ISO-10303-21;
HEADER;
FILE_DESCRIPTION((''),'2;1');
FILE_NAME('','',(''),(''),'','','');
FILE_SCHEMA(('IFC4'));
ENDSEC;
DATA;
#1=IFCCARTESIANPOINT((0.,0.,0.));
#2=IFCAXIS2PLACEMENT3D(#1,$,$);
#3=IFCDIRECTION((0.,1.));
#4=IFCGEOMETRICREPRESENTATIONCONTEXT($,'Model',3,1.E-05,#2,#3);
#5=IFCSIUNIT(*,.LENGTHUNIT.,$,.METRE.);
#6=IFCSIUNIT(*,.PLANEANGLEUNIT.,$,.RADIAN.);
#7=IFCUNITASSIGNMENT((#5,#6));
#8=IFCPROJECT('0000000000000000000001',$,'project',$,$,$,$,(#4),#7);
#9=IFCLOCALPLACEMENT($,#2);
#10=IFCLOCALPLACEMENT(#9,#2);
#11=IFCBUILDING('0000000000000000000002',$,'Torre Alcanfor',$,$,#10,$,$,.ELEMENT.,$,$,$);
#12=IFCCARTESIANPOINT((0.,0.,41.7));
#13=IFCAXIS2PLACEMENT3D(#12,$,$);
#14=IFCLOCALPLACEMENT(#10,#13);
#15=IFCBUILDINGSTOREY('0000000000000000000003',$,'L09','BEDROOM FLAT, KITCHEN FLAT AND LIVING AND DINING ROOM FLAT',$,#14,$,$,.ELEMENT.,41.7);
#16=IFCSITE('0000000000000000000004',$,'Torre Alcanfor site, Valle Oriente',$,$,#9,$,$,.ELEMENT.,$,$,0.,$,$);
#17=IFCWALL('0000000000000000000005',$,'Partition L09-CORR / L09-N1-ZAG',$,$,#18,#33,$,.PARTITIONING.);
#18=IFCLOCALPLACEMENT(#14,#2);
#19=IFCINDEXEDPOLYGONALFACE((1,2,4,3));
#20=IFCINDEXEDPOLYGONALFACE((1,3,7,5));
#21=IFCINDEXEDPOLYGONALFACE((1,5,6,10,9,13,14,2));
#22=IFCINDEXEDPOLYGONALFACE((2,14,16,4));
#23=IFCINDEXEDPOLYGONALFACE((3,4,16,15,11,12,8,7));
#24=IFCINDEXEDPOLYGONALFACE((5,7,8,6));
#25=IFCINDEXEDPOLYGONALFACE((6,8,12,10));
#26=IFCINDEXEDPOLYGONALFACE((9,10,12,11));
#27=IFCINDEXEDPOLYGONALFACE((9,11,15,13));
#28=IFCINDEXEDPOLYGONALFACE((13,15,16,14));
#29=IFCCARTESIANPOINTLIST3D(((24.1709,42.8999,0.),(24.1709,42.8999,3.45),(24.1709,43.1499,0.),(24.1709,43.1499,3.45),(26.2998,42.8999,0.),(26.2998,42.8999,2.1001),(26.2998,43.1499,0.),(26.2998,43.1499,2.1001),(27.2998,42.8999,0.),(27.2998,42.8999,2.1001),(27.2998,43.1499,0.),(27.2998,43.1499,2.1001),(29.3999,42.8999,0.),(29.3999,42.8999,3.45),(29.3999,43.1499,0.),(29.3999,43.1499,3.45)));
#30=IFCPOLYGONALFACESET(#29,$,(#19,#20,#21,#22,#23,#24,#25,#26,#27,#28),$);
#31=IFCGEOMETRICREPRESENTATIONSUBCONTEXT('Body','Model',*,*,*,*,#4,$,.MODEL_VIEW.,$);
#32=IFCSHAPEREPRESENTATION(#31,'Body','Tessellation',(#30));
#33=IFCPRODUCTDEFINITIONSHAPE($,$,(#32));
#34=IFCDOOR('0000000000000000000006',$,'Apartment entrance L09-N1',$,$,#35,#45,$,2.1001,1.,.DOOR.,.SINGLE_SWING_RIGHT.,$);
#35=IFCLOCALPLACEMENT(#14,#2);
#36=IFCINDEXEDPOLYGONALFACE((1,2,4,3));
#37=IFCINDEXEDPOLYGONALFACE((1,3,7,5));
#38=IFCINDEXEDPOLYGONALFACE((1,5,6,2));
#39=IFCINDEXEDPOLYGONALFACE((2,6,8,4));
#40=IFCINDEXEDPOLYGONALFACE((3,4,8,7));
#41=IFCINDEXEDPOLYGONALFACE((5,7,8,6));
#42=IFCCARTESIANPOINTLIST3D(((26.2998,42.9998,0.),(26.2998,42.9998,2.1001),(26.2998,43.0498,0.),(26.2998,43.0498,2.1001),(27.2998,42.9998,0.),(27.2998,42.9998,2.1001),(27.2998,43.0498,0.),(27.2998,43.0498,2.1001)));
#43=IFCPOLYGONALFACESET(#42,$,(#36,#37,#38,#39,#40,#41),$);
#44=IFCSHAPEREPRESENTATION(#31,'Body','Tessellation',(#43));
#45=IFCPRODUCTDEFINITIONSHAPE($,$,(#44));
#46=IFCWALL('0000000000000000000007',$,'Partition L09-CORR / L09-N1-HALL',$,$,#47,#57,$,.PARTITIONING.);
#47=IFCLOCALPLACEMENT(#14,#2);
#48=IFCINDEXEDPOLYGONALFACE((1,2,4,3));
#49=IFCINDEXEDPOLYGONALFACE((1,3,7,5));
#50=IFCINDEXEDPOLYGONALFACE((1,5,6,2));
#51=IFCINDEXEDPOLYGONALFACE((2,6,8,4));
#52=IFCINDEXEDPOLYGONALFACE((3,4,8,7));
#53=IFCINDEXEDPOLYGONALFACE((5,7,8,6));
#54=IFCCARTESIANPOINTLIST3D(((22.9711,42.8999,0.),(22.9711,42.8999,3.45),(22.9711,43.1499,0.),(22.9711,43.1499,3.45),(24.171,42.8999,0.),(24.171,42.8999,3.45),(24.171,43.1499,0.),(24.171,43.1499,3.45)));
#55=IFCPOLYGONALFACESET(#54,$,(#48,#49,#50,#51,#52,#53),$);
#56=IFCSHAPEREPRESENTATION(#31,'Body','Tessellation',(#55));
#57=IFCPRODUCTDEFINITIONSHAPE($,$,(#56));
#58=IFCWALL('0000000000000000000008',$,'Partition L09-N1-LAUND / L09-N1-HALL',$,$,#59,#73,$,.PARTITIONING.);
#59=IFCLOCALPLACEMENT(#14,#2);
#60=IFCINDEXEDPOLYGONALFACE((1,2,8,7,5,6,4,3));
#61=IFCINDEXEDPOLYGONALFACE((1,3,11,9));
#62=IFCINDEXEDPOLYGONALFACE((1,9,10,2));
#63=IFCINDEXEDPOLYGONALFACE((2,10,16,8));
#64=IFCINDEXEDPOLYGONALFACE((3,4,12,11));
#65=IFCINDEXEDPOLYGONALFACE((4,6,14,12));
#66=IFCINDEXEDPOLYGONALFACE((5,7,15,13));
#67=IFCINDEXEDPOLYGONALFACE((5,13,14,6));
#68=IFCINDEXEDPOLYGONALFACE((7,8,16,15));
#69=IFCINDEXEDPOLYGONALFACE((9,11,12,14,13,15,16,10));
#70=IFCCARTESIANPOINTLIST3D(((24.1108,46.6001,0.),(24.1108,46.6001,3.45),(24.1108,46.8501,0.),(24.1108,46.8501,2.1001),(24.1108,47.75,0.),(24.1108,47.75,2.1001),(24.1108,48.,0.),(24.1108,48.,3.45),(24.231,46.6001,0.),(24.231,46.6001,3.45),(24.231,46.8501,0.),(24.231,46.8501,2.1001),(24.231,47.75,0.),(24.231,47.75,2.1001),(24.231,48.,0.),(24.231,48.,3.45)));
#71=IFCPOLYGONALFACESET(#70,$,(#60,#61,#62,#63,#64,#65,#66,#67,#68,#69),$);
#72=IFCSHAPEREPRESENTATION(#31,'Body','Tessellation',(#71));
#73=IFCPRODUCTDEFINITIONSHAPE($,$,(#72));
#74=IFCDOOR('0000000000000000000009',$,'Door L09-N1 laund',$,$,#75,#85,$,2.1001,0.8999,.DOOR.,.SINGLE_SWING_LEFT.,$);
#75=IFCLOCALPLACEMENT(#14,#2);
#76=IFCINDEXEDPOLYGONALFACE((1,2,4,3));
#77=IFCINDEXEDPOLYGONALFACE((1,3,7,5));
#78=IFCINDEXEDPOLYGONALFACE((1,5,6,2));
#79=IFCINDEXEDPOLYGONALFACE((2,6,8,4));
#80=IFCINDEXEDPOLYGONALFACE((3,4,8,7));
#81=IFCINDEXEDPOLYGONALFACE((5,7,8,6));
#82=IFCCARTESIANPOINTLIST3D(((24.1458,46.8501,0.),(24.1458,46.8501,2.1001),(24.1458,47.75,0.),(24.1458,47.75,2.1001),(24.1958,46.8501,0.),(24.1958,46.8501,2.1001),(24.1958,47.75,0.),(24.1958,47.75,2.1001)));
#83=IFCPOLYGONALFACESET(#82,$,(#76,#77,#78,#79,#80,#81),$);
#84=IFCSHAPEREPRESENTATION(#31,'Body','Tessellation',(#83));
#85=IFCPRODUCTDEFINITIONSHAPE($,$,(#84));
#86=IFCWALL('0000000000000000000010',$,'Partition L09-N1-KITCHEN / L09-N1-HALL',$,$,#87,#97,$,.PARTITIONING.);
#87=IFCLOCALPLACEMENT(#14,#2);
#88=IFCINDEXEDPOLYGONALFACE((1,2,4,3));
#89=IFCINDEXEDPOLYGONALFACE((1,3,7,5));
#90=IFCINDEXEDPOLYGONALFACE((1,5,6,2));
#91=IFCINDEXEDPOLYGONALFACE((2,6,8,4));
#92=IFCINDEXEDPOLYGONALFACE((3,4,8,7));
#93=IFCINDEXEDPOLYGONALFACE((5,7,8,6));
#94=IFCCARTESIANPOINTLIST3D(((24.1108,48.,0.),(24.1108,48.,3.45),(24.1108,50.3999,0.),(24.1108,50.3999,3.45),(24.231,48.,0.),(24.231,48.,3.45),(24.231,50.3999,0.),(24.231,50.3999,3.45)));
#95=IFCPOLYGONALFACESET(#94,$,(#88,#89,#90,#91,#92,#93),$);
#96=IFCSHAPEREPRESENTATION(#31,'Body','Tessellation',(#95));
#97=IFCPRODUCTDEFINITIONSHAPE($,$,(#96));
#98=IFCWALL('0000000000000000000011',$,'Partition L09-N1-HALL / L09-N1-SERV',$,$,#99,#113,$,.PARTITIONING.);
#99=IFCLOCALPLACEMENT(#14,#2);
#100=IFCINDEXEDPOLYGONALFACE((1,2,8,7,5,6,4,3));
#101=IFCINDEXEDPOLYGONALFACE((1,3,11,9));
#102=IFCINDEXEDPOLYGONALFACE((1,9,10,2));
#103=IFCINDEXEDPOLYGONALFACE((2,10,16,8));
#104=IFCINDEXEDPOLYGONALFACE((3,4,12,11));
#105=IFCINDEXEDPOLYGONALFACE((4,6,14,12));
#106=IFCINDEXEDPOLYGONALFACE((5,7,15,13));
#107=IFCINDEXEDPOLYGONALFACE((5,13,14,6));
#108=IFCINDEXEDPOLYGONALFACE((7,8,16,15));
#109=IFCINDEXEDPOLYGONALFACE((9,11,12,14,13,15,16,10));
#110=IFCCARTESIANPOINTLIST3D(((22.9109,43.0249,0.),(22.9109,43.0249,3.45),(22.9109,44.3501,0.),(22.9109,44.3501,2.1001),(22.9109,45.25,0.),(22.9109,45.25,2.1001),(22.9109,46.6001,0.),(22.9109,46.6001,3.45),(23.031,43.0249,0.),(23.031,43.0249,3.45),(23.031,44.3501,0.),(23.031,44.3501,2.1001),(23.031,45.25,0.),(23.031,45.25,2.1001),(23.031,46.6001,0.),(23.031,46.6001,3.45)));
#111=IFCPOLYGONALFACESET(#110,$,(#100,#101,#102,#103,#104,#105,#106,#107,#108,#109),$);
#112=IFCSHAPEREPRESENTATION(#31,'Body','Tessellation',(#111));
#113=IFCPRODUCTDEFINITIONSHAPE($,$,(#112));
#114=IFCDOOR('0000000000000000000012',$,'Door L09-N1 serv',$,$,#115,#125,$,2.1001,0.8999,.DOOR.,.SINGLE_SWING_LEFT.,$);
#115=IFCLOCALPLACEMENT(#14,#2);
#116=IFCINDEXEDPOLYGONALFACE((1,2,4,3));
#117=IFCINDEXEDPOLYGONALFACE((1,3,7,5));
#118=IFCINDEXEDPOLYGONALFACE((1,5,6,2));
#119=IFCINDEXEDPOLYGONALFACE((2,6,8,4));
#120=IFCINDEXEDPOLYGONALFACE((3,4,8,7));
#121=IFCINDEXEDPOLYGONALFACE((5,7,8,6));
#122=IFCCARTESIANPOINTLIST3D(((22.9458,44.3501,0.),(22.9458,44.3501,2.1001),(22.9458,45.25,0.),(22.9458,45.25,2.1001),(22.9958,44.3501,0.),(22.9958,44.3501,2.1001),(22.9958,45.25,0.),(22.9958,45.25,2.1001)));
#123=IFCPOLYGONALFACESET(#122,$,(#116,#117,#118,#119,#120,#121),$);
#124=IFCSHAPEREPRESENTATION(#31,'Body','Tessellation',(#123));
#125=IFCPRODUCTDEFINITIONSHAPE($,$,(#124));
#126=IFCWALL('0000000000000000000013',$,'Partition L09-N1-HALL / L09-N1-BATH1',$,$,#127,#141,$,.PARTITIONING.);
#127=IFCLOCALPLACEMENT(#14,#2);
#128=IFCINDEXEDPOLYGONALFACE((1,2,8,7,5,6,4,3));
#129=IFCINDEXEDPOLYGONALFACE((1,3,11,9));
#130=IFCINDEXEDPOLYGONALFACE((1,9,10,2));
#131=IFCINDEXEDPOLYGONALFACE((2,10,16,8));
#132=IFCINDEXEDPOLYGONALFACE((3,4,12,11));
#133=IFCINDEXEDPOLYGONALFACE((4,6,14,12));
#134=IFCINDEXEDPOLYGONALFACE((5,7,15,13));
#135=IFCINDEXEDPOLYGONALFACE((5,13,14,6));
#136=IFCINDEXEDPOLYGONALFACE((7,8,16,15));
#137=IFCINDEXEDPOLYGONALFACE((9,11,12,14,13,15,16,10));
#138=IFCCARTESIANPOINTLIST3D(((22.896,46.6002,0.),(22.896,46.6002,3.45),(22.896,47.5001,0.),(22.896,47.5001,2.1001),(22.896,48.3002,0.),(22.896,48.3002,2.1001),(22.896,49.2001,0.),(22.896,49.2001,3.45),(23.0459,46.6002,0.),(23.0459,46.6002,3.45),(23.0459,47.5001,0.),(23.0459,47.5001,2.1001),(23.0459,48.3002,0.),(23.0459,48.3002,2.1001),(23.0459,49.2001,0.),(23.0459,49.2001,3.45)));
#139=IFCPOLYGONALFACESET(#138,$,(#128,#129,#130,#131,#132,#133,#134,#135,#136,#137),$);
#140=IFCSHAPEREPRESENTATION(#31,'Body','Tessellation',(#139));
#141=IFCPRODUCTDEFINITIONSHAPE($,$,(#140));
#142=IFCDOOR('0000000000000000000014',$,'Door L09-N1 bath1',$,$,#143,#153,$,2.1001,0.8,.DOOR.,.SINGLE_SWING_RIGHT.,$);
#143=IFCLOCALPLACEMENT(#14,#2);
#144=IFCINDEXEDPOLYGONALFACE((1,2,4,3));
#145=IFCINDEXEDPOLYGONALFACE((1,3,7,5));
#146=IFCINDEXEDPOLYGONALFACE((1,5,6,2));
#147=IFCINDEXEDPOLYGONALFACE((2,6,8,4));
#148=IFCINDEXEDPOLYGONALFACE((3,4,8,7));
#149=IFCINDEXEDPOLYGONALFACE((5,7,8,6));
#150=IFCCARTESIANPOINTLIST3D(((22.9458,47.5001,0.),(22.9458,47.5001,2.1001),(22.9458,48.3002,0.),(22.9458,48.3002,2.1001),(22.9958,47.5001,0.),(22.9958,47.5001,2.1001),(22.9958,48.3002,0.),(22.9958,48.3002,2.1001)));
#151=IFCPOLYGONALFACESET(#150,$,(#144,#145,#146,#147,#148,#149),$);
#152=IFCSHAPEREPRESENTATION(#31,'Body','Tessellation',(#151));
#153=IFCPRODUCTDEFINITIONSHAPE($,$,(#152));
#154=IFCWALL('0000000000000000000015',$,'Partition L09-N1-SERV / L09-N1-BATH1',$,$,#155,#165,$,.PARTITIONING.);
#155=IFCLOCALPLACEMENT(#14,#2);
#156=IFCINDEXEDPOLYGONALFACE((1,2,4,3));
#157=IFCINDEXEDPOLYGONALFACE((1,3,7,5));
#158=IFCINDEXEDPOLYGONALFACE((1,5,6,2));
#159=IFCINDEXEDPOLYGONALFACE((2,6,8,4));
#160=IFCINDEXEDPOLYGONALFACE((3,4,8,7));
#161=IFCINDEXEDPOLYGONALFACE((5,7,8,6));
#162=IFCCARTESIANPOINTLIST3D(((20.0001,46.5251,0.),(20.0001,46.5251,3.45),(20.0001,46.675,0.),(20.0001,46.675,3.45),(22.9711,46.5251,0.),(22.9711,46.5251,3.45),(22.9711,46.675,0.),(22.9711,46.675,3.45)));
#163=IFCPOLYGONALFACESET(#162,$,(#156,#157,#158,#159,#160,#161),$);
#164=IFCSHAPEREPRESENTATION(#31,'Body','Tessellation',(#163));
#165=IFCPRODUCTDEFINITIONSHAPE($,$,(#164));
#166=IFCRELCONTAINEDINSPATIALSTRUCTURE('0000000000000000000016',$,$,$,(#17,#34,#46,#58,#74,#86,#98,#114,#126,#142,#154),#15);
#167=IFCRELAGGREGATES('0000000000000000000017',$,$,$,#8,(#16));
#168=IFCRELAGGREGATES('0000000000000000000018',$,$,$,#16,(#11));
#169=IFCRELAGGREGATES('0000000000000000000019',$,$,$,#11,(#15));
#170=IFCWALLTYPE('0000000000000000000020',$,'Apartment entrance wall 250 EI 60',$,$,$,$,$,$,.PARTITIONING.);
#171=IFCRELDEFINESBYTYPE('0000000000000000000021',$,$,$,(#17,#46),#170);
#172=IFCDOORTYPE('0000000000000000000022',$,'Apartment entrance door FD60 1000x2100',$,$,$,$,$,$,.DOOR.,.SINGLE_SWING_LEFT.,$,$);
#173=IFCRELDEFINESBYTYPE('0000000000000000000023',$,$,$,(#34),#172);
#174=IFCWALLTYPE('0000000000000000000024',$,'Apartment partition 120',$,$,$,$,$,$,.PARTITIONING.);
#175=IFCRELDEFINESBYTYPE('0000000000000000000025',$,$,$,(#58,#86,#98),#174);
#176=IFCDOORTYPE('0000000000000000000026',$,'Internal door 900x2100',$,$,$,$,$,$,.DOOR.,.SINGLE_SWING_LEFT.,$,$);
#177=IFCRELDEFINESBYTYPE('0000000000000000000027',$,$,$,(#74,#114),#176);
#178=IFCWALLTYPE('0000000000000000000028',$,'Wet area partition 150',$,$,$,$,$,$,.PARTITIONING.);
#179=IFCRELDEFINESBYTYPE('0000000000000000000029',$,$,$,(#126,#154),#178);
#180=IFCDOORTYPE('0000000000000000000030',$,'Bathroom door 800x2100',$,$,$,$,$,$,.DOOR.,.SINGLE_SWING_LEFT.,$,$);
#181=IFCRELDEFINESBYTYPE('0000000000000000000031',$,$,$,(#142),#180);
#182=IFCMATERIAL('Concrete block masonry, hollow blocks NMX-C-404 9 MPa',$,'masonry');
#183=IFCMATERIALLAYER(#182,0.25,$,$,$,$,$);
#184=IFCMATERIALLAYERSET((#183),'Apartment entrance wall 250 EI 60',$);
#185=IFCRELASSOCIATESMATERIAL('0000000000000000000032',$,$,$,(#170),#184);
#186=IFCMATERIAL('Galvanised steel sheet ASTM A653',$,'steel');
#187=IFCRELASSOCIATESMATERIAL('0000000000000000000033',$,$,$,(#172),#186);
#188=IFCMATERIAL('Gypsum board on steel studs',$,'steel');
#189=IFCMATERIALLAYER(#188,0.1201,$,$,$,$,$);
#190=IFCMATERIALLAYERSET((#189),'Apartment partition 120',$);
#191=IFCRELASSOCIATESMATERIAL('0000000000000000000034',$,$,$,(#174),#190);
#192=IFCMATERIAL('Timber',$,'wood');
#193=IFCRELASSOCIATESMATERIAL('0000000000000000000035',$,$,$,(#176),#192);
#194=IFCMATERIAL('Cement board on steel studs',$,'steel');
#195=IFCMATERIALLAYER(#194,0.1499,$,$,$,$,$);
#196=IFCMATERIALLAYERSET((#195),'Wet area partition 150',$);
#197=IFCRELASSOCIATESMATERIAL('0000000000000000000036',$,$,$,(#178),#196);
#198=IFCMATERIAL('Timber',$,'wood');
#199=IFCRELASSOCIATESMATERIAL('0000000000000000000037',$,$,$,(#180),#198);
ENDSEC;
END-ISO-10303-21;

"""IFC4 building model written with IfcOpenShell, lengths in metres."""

from ifc_helpers import new_model, si_unit, direction, frame, frame_2d, origin, place, context, subcontext, project, spatial, rectangle, extrude, material, layer, layer_set, type_object, element, fill, save


model = new_model("IFC4")

# Units and contexts
model_context = context("Model", 3, precision=1e-05, world=origin(), true_north=direction((0.0, 1.0)))
body_context = subcontext(model_context, "Body", "Model", "MODEL_VIEW")
ifc_project = project(units=[si_unit("LENGTHUNIT", "METRE"), si_unit("PLANEANGLEUNIT", "RADIAN")], contexts=[model_context])

# Site, building, storey
site_placement = place(None, origin())
site = spatial("IfcSite", under=ifc_project, at=site_placement, Name="Torre Alcanfor site, Valle Oriente", CompositionType="ELEMENT", RefElevation=0.0)
building_placement = place(site_placement, origin())
building = spatial("IfcBuilding", under=site, at=building_placement, Name="Torre Alcanfor", CompositionType="ELEMENT")
storey_placement = place(building_placement, frame((0.0, 0.0, 41.7)))
storey = spatial("IfcBuildingStorey", under=building, at=storey_placement, Name="L09", Description="BEDROOM FLAT, KITCHEN FLAT AND LIVING AND DINING ROOM FLAT", CompositionType="ELEMENT", Elevation=41.7)

# Wall, opening, door
ifc_material_1 = material(Name="Concrete block masonry, hollow blocks NMX-C-404 9 MPa", Category="masonry")
ifc_layer_1 = layer(ifc_material_1, 0.25)
ifc_layer_set_1 = layer_set([ifc_layer_1], Name="Apartment entrance wall 250 EI 60")
wall_type_1 = type_object("IfcWallType", Name="Apartment entrance wall 250 EI 60", PredefinedType="PARTITIONING", material=ifc_layer_set_1)
wall_1_placement = place(storey_placement, frame((24.1709, 43.0249, 0.0), z_axis=(0.0, 0.0, 1.0), x_axis=(1.0, 0.0, 0.0)))
wall_1 = element("IfcWall", 1, at=wall_1_placement, inside=storey, type_object=wall_type_1, Name="Partition L09-CORR / L09-N1-ZAG", PredefinedType="PARTITIONING", context=body_context, shape_type="SweptSolid", body=[
    extrude(rectangle(XDim=5.229, YDim=0.25, at=frame_2d((2.6145, 0.0))), origin(), (0.0, 0.0, 1.0), 3.45),
])
opening_1_placement = place(wall_1_placement, frame((2.1289, 0.0, 0.0)))
opening_1 = element("IfcOpeningElement", 2, at=opening_1_placement, cuts=wall_1, PredefinedType="OPENING", context=body_context, shape_type="SweptSolid", body=[
    extrude(rectangle(XDim=1.0, YDim=2.1001, at=frame_2d((0.5, 1.05))), frame((0.0, 0.135, 0.0), z_axis=(0.0, -1.0, 0.0), x_axis=(1.0, 0.0, 0.0)), (0.0, 0.0, 1.0), 0.27),
])
ifc_material_2 = material(Name="Galvanised steel sheet ASTM A653", Category="steel")
door_type_1 = type_object("IfcDoorType", Name="Apartment entrance door FD60 1000x2100", OperationType="SINGLE_SWING_LEFT", PredefinedType="DOOR", material=ifc_material_2)
door_1_placement = place(opening_1_placement, origin())
door_1 = element("IfcDoor", 3, at=door_1_placement, inside=storey, type_object=door_type_1, Name="Apartment entrance L09-N1", OperationType="SINGLE_SWING_RIGHT", OverallHeight=2.1001, OverallWidth=1.0, PredefinedType="DOOR", context=body_context, shape_type="SweptSolid", body=[
    extrude(rectangle(XDim=1.0, YDim=2.1001, at=frame_2d((0.5, 1.05))), frame((0.0, 0.0249, 0.0), z_axis=(0.0, -1.0, 0.0), x_axis=(1.0, 0.0, 0.0)), (0.0, 0.0, 1.0), 0.05),
])
fill(opening_1, door_1)

# Wall
wall_2_placement = place(storey_placement, frame((22.9709, 43.0249, 0.0), z_axis=(0.0, 0.0, 1.0), x_axis=(1.0, 0.0, 0.0)))
element("IfcWall", 4, at=wall_2_placement, inside=storey, type_object=wall_type_1, Name="Partition L09-CORR / L09-N1-HALL", PredefinedType="PARTITIONING", context=body_context, shape_type="SweptSolid", body=[
    extrude(rectangle(XDim=1.2, YDim=0.25, at=frame_2d((0.6001, 0.0))), origin(), (0.0, 0.0, 1.0), 3.45),
])

# Wall, opening, door
ifc_material_3 = material(Name="Gypsum board on steel studs", Category="steel")
ifc_layer_2 = layer(ifc_material_3, 0.1201)
ifc_layer_set_2 = layer_set([ifc_layer_2], Name="Apartment partition 120")
wall_type_2 = type_object("IfcWallType", Name="Apartment partition 120", PredefinedType="PARTITIONING", material=ifc_layer_set_2)
wall_3_placement = place(storey_placement, frame((24.1709, 48.0, 0.0), z_axis=(0.0, 0.0, 1.0), x_axis=(0.0, -1.0, 0.0)))
wall_3 = element("IfcWall", 5, at=wall_3_placement, inside=storey, type_object=wall_type_2, Name="Partition L09-N1-LAUND / L09-N1-HALL", PredefinedType="PARTITIONING", context=body_context, shape_type="SweptSolid", body=[
    extrude(rectangle(XDim=1.3999, YDim=0.1201, at=frame_2d((0.7, 0.0))), origin(), (0.0, 0.0, 1.0), 3.45),
])
opening_2_placement = place(wall_3_placement, frame((0.25, 0.0, 0.0)))
opening_2 = element("IfcOpeningElement", 6, at=opening_2_placement, cuts=wall_3, PredefinedType="OPENING", context=body_context, shape_type="SweptSolid", body=[
    extrude(rectangle(XDim=0.8999, YDim=2.1001, at=frame_2d((0.45, 1.05))), frame((0.0, 0.0701, 0.0), z_axis=(0.0, -1.0, 0.0), x_axis=(1.0, 0.0, 0.0)), (0.0, 0.0, 1.0), 0.1401),
])
ifc_material_4 = material(Name="Timber", Category="wood")
door_type_2 = type_object("IfcDoorType", Name="Internal door 900x2100", OperationType="SINGLE_SWING_LEFT", PredefinedType="DOOR", material=ifc_material_4)
door_2_placement = place(opening_2_placement, origin())
door_2 = element("IfcDoor", 7, at=door_2_placement, inside=storey, type_object=door_type_2, Name="Door L09-N1 laund", OperationType="SINGLE_SWING_LEFT", OverallHeight=2.1001, OverallWidth=0.8999, PredefinedType="DOOR", context=body_context, shape_type="SweptSolid", body=[
    extrude(rectangle(XDim=0.8999, YDim=2.1001, at=frame_2d((0.45, 1.05))), frame((0.0, 0.0249, 0.0), z_axis=(0.0, -1.0, 0.0), x_axis=(1.0, 0.0, 0.0)), (0.0, 0.0, 1.0), 0.05),
])
fill(opening_2, door_2)

# Wall
wall_4_placement = place(storey_placement, frame((24.1709, 50.3999, 0.0), z_axis=(0.0, 0.0, 1.0), x_axis=(0.0, -1.0, 0.0)))
element("IfcWall", 8, at=wall_4_placement, inside=storey, type_object=wall_type_2, Name="Partition L09-N1-KITCHEN / L09-N1-HALL", PredefinedType="PARTITIONING", context=body_context, shape_type="SweptSolid", body=[
    extrude(rectangle(XDim=2.3999, YDim=0.1201, at=frame_2d((1.2, 0.0))), origin(), (0.0, 0.0, 1.0), 3.45),
])

# Walls, openings, doors
wall_5_placement = place(storey_placement, frame((22.9709, 46.6001, 0.0), z_axis=(0.0, 0.0, 1.0), x_axis=(0.0, -1.0, 0.0)))
wall_5 = element("IfcWall", 9, at=wall_5_placement, inside=storey, type_object=wall_type_2, Name="Partition L09-N1-HALL / L09-N1-SERV", PredefinedType="PARTITIONING", context=body_context, shape_type="SweptSolid", body=[
    extrude(rectangle(XDim=3.5752, YDim=0.1201, at=frame_2d((1.7876, 0.0))), origin(), (0.0, 0.0, 1.0), 3.45),
])
opening_3_placement = place(wall_5_placement, frame((1.3501, 0.0, 0.0)))
opening_3 = element("IfcOpeningElement", 10, at=opening_3_placement, cuts=wall_5, PredefinedType="OPENING", context=body_context, shape_type="SweptSolid", body=[
    extrude(rectangle(XDim=0.8999, YDim=2.1001, at=frame_2d((0.45, 1.05))), frame((0.0, 0.0701, 0.0), z_axis=(0.0, -1.0, 0.0), x_axis=(1.0, 0.0, 0.0)), (0.0, 0.0, 1.0), 0.1401),
])
door_3_placement = place(opening_3_placement, frame((0.8999, 0.0, 0.0), z_axis=(0.0, 0.0, 1.0), x_axis=(-1.0, 0.0, 0.0)))
door_3 = element("IfcDoor", 11, at=door_3_placement, inside=storey, type_object=door_type_2, Name="Door L09-N1 serv", OperationType="SINGLE_SWING_LEFT", OverallHeight=2.1001, OverallWidth=0.8999, PredefinedType="DOOR", context=body_context, shape_type="SweptSolid", body=[
    extrude(rectangle(XDim=0.8999, YDim=2.1001, at=frame_2d((0.45, 1.05))), frame((0.0, 0.0251, 0.0), z_axis=(0.0, -1.0, 0.0), x_axis=(1.0, 0.0, 0.0)), (0.0, 0.0, 1.0), 0.05),
])
fill(opening_3, door_3)
ifc_material_5 = material(Name="Cement board on steel studs", Category="steel")
ifc_layer_3 = layer(ifc_material_5, 0.1499)
ifc_layer_set_3 = layer_set([ifc_layer_3], Name="Wet area partition 150")
wall_type_3 = type_object("IfcWallType", Name="Wet area partition 150", PredefinedType="PARTITIONING", material=ifc_layer_set_3)
wall_6_placement = place(storey_placement, frame((22.9709, 49.2, 0.0), z_axis=(0.0, 0.0, 1.0), x_axis=(0.0, -1.0, 0.0)))
wall_6 = element("IfcWall", 12, at=wall_6_placement, inside=storey, type_object=wall_type_3, Name="Partition L09-N1-HALL / L09-N1-BATH1", PredefinedType="PARTITIONING", context=body_context, shape_type="SweptSolid", body=[
    extrude(rectangle(XDim=2.5999, YDim=0.1499, at=frame_2d((1.2998, 0.0))), origin(), (0.0, 0.0, 1.0), 3.45),
])
opening_4_placement = place(wall_6_placement, frame((0.8999, 0.0, 0.0)))
opening_4 = element("IfcOpeningElement", 13, at=opening_4_placement, cuts=wall_6, PredefinedType="OPENING", context=body_context, shape_type="SweptSolid", body=[
    extrude(rectangle(XDim=0.8, YDim=2.1001, at=frame_2d((0.3999, 1.05))), frame((0.0, 0.085, 0.0), z_axis=(0.0, -1.0, 0.0), x_axis=(1.0, 0.0, 0.0)), (0.0, 0.0, 1.0), 0.1699),
])
ifc_material_6 = material(Name="Timber", Category="wood")
door_type_3 = type_object("IfcDoorType", Name="Bathroom door 800x2100", OperationType="SINGLE_SWING_LEFT", PredefinedType="DOOR", material=ifc_material_6)
door_4_placement = place(opening_4_placement, frame((0.8, 0.0, 0.0), z_axis=(0.0, 0.0, 1.0), x_axis=(-1.0, 0.0, 0.0)))
door_4 = element("IfcDoor", 14, at=door_4_placement, inside=storey, type_object=door_type_3, Name="Door L09-N1 bath1", OperationType="SINGLE_SWING_RIGHT", OverallHeight=2.1001, OverallWidth=0.8, PredefinedType="DOOR", context=body_context, shape_type="SweptSolid", body=[
    extrude(rectangle(XDim=0.8, YDim=2.1001, at=frame_2d((0.4001, 1.05))), frame((0.0, 0.0251, 0.0), z_axis=(0.0, -1.0, 0.0), x_axis=(1.0, 0.0, 0.0)), (0.0, 0.0, 1.0), 0.05),
])
fill(opening_4, door_4)

# Wall
for number, where, z_axis, x_axis, name in (
    (15, (22.9709, 46.6001, 0.0), (0.0, 0.0, 1.0), (-1.0, 0.0, 0.0), "Partition L09-N1-SERV / L09-N1-BATH1"),
):
    element("IfcWall", number, at=place(storey_placement, frame(where, z_axis=z_axis, x_axis=x_axis)), inside=storey, type_object=wall_type_3, Name=name, PredefinedType="PARTITIONING", context=body_context, shape_type="SweptSolid", body=[
        extrude(rectangle(XDim=2.9709, YDim=0.1499, at=frame_2d((1.4854, 0.0))), origin(), (0.0, 0.0, 1.0), 3.45),
    ])

save(model, "model.ifc")
